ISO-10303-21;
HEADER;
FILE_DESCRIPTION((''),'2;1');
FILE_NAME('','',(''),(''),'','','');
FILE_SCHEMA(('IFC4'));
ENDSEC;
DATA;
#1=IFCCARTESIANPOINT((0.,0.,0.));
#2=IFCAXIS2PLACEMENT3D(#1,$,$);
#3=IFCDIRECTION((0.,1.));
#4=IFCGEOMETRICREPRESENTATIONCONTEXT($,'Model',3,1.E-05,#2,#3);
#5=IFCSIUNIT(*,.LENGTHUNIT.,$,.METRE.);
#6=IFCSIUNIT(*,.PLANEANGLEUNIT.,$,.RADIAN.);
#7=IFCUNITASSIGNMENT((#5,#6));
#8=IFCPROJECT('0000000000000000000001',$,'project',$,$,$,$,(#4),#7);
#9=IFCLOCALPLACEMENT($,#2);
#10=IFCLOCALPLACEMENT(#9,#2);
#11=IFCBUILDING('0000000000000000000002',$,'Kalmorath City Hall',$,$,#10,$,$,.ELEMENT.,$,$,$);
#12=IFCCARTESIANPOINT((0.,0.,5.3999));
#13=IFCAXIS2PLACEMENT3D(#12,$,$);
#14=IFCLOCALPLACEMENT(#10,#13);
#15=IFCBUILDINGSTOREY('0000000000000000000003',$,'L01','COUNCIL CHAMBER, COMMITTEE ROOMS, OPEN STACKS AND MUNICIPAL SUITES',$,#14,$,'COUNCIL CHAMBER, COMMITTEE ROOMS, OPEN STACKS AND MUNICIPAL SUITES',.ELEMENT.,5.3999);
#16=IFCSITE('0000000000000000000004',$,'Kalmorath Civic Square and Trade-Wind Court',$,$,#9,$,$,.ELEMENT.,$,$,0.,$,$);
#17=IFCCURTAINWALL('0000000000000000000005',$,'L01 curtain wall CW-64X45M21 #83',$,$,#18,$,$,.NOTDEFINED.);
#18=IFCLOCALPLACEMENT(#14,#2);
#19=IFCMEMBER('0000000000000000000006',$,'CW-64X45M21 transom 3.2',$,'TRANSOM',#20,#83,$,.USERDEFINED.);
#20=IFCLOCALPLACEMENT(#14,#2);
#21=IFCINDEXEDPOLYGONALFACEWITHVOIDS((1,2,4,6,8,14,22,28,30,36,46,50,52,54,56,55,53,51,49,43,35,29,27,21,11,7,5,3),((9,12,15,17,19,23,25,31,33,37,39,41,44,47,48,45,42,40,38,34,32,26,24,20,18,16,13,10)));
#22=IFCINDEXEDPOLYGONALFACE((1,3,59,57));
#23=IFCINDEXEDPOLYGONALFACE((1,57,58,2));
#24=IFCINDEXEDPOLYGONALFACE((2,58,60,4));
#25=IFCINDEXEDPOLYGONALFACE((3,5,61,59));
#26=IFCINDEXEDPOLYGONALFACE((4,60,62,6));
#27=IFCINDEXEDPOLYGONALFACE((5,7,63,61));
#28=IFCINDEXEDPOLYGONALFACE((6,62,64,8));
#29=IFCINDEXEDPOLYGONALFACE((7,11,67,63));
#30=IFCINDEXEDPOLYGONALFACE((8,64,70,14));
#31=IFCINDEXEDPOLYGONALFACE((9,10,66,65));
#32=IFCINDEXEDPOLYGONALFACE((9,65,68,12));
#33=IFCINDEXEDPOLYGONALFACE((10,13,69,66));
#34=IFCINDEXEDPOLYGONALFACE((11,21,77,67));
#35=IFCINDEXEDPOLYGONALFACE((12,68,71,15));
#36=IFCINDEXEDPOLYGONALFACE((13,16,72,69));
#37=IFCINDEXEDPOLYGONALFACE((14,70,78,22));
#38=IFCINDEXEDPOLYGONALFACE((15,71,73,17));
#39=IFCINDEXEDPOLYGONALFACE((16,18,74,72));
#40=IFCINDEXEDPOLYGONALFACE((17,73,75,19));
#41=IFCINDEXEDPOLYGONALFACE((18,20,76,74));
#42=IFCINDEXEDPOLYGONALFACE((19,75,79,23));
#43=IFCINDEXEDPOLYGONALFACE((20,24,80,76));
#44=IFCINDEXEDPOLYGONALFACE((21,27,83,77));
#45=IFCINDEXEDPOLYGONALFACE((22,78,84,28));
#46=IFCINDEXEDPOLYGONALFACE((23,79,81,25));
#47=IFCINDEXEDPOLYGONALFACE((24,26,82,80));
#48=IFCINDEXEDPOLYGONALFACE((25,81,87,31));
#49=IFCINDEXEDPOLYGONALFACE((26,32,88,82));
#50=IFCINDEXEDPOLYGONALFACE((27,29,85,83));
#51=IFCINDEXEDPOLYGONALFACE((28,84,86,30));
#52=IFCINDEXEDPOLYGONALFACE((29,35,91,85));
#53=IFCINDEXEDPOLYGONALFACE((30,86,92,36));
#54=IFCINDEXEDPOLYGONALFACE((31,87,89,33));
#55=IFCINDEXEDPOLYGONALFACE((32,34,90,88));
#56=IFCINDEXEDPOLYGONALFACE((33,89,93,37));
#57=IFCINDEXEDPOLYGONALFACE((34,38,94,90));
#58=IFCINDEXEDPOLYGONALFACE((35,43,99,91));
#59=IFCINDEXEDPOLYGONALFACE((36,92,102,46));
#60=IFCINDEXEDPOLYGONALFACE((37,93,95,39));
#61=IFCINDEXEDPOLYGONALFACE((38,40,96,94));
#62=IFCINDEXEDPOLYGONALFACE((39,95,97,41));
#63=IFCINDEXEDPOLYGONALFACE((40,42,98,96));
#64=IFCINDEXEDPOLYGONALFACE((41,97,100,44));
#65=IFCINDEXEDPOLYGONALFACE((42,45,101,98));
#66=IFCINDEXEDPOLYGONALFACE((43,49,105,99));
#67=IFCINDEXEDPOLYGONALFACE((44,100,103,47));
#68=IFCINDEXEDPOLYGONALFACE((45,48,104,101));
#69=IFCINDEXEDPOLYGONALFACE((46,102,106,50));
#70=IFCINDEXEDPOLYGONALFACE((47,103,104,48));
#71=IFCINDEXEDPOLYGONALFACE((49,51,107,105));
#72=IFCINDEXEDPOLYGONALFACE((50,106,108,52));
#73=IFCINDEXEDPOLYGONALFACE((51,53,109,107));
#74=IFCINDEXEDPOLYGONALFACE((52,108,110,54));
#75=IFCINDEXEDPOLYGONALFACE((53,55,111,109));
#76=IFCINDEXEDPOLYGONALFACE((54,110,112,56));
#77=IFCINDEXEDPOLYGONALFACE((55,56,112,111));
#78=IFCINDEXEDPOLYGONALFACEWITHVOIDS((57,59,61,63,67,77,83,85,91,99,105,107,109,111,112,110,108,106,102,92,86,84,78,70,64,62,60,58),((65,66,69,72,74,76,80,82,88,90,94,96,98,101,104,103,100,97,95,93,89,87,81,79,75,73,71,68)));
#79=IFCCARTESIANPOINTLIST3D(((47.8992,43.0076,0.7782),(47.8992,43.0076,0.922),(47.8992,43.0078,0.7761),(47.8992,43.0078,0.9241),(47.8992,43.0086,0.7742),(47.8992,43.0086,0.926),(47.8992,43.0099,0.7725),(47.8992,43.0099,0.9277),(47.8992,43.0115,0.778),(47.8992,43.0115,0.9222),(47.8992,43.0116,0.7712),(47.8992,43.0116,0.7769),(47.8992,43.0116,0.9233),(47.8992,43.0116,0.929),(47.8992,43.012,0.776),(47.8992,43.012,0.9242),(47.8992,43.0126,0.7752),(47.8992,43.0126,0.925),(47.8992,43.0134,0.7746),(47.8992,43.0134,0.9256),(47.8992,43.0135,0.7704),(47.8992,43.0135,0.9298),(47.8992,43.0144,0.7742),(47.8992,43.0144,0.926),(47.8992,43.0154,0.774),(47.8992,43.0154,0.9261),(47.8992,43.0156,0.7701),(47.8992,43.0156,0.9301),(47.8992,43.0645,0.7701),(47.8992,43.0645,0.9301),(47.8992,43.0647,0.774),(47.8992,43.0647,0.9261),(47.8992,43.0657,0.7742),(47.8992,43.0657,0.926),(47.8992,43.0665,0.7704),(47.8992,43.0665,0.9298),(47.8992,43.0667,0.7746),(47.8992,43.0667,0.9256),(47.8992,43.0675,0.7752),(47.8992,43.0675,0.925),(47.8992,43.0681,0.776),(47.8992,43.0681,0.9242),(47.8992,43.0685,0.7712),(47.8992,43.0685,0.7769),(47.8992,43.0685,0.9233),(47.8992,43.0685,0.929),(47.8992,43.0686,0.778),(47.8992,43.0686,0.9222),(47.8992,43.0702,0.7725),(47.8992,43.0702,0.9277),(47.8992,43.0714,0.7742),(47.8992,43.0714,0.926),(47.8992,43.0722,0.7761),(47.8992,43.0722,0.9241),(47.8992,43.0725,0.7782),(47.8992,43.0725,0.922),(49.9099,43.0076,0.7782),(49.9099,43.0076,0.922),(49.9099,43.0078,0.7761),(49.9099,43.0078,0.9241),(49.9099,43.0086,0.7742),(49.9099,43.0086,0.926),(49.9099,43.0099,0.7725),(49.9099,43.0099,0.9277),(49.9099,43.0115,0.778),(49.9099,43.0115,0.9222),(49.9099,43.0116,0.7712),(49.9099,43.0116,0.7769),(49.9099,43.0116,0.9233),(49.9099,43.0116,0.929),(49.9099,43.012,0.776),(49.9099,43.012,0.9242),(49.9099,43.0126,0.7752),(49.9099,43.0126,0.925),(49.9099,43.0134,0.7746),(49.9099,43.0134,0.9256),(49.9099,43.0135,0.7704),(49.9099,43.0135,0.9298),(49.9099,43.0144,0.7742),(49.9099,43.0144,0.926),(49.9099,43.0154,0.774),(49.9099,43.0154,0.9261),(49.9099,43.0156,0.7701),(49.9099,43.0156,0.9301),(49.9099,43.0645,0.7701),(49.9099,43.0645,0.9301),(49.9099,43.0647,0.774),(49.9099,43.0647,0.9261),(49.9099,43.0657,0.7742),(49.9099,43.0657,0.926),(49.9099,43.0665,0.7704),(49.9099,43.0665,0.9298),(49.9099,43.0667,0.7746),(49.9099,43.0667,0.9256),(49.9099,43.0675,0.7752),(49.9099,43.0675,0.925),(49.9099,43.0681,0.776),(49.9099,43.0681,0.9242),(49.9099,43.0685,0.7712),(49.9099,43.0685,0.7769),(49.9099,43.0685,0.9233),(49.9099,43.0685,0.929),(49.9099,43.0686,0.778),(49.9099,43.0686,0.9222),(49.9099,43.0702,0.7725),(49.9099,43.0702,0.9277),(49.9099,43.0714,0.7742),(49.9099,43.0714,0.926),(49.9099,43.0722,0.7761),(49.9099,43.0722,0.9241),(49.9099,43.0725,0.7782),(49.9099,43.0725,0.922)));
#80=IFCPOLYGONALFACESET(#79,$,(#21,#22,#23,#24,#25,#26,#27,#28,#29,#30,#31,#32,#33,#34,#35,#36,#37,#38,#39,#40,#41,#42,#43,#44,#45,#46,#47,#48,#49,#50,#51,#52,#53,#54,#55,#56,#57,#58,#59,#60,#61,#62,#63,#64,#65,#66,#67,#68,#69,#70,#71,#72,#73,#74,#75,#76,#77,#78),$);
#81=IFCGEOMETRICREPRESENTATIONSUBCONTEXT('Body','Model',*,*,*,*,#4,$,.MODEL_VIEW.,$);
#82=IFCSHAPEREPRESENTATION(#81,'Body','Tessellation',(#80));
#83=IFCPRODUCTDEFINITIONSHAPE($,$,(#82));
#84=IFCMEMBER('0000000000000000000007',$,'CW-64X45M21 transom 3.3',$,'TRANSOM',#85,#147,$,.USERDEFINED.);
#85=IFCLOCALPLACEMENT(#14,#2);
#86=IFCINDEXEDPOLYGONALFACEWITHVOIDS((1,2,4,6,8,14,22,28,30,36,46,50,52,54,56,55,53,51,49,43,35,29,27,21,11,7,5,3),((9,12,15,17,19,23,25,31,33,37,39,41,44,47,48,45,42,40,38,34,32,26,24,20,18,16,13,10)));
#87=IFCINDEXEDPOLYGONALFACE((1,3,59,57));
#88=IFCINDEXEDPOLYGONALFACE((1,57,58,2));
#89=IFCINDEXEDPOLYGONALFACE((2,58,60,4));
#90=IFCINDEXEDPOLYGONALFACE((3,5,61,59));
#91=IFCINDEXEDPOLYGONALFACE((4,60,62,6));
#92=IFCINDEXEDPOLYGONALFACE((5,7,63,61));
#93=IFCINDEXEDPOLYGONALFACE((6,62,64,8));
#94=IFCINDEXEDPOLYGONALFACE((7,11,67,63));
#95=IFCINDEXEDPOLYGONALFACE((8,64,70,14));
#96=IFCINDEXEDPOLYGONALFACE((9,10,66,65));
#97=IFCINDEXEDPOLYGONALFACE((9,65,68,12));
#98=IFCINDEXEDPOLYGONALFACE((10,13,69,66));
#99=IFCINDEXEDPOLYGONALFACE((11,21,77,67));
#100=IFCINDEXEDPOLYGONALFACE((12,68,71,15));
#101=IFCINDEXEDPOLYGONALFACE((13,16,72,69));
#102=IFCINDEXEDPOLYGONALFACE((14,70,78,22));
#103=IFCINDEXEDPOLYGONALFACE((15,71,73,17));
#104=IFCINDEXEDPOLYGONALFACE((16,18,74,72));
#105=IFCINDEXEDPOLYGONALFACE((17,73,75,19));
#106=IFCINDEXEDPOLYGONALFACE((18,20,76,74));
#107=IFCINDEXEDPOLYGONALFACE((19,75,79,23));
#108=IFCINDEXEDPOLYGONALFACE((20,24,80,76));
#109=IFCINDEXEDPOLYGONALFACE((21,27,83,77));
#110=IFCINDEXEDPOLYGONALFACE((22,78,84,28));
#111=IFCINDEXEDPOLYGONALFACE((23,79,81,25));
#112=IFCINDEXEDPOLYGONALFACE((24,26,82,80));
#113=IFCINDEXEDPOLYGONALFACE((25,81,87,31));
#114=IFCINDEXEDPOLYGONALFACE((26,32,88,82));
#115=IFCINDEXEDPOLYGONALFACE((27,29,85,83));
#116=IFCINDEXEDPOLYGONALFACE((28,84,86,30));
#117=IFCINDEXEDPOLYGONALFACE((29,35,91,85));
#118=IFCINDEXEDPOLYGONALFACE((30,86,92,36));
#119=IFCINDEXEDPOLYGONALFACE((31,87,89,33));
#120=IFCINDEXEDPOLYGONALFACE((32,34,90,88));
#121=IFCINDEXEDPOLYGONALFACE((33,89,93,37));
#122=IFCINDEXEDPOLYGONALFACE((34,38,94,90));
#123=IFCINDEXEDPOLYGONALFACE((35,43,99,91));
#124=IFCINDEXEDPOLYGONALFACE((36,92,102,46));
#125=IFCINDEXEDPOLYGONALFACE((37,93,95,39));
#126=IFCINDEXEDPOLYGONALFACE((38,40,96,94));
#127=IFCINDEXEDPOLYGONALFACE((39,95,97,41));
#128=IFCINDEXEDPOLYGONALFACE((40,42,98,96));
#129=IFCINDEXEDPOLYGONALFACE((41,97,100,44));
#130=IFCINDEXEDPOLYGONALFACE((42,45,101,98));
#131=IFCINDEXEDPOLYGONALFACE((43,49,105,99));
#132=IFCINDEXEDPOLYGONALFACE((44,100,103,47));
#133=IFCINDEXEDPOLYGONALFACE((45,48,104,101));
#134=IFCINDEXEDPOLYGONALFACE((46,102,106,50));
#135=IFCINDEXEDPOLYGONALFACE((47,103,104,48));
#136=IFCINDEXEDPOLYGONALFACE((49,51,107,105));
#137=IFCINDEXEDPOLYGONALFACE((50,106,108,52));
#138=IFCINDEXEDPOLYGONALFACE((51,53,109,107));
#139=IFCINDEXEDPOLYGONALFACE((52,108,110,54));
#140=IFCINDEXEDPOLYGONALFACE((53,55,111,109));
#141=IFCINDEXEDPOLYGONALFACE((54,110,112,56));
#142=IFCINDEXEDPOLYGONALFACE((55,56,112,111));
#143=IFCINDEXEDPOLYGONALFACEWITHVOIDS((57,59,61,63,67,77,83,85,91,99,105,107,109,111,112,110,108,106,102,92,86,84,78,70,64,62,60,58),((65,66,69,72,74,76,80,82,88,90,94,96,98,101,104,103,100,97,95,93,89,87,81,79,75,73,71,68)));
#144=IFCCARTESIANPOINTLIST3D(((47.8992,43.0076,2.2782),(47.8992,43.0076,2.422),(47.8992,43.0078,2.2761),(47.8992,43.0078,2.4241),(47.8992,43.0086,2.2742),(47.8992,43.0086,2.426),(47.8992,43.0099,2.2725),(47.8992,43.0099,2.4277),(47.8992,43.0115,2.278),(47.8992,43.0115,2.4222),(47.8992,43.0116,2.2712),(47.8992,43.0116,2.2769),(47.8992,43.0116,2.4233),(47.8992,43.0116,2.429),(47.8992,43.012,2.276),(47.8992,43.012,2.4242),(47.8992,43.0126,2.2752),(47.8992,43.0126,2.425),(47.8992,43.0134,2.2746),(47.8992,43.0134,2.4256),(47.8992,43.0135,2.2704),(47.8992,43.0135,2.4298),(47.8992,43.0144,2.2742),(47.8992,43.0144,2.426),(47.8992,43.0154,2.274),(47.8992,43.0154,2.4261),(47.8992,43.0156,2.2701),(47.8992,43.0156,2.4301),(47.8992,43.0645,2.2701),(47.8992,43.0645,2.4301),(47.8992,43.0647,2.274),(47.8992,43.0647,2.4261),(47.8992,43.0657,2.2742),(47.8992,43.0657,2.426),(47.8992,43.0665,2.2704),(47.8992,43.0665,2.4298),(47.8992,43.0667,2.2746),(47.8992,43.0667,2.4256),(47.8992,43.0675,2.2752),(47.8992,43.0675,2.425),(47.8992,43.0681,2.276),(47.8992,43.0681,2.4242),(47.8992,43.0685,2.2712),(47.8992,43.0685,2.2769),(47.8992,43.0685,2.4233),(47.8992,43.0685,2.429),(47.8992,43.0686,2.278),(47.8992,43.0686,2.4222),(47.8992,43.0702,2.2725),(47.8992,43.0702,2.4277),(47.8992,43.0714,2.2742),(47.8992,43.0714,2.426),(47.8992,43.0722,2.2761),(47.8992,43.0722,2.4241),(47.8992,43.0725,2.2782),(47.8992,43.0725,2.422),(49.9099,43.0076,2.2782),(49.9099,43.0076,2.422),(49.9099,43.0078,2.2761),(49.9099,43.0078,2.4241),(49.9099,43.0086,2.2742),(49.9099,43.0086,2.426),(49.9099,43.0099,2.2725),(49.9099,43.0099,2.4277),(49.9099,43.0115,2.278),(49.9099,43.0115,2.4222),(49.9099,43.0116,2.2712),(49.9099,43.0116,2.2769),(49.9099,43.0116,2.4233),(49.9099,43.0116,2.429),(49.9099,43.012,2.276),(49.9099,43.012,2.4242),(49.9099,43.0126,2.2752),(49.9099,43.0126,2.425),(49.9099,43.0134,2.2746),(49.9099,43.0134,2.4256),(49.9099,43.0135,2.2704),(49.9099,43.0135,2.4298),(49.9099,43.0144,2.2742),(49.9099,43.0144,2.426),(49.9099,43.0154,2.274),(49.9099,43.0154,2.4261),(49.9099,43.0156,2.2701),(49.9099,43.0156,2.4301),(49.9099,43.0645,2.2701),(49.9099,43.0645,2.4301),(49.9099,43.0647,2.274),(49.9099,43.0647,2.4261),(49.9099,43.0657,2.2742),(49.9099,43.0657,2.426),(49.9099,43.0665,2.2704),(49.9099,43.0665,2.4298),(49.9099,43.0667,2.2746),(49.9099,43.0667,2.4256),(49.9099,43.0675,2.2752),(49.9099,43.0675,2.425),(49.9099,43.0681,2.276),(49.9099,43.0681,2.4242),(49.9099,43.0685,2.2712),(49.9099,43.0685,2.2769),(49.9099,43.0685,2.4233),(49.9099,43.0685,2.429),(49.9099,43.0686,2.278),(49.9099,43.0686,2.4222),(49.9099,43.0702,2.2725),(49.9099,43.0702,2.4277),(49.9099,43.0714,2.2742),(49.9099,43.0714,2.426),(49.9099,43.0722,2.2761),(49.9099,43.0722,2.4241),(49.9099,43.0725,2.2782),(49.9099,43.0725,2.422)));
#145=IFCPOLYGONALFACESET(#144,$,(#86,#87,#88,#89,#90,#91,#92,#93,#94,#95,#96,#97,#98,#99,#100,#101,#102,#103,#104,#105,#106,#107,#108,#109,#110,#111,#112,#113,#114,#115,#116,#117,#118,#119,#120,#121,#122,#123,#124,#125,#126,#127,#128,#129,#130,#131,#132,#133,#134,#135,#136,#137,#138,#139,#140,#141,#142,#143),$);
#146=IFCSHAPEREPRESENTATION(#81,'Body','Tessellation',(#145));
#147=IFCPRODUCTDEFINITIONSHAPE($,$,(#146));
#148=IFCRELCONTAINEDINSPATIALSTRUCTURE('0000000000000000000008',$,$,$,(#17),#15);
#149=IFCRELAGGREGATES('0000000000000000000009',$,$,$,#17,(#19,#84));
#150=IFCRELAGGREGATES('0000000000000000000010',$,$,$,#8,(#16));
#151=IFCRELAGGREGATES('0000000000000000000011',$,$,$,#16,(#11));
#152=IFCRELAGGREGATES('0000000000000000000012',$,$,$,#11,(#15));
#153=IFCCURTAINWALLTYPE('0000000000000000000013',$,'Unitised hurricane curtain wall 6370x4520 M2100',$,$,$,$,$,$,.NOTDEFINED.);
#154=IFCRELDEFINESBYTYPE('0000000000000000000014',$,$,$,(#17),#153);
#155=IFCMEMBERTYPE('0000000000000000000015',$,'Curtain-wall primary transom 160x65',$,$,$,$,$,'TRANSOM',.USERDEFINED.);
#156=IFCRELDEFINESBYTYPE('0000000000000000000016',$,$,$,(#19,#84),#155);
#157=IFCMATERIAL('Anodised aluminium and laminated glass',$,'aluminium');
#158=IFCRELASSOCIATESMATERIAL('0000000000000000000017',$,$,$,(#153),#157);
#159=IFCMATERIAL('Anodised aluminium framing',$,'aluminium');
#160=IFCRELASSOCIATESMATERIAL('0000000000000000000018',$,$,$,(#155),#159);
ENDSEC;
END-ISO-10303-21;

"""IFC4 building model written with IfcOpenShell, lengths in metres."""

from ifc_helpers import new_model, si_unit, direction, frame, origin, origin_2d, place, context, subcontext, project, spatial, hollow_rectangle, extrude, material, material_profile, profile_set, type_object, element, aggregate, save


model = new_model("IFC4")

# Units and contexts
model_context = context("Model", 3, precision=1e-05, world=origin(), true_north=direction((0.0, 1.0)))
body_context = subcontext(model_context, "Body", "Model", "MODEL_VIEW")
ifc_project = project(units=[si_unit("LENGTHUNIT", "METRE"), si_unit("PLANEANGLEUNIT", "RADIAN")], contexts=[model_context])

# Site, building, storey
site_placement = place(None, origin())
site = spatial("IfcSite", under=ifc_project, at=site_placement, Name="Kalmorath Civic Square and Trade-Wind Court", CompositionType="ELEMENT", RefElevation=0.0)
building_placement = place(site_placement, origin())
building = spatial("IfcBuilding", under=site, at=building_placement, Name="Kalmorath City Hall", CompositionType="ELEMENT")
storey_placement = place(building_placement, frame((0.0, 0.0, 5.3999)))
storey = spatial("IfcBuildingStorey", under=building, at=storey_placement, Name="L01", Description="COUNCIL CHAMBER, COMMITTEE ROOMS, OPEN STACKS AND MUNICIPAL SUITES", LongName="COUNCIL CHAMBER, COMMITTEE ROOMS, OPEN STACKS AND MUNICIPAL SUITES", CompositionType="ELEMENT", Elevation=5.3999)

# Curtain wall
ifc_material_1 = material(Name="Anodised aluminium and laminated glass", Category="aluminium")
curtain_wall_type_1 = type_object("IfcCurtainWallType", Name="Unitised hurricane curtain wall 6370x4520 M2100", PredefinedType="NOTDEFINED", material=ifc_material_1)
curtain_wall_1_placement = place(storey_placement, origin())
curtain_wall_1 = element("IfcCurtainWall", 1, at=curtain_wall_1_placement, inside=storey, type_object=curtain_wall_type_1, Name="L01 curtain wall CW-64X45M21 #83", PredefinedType="NOTDEFINED")

# Members
ifc_material_2 = material(Name="Anodised aluminium framing", Category="aluminium")
ifc_material_profile_1 = material_profile(ifc_material_2, hollow_rectangle(XDim=0.0649, YDim=0.1599, WallThickness=0.0039, InnerFilletRadius=0.0039, OuterFilletRadius=0.0081, at=origin_2d()), Name="ALU-TRN-160X65X4")
ifc_profile_set_1 = profile_set([ifc_material_profile_1], Name="Anodised aluminium framing")
member_type_1 = type_object("IfcMemberType", Name="Curtain-wall primary transom 160x65", ElementType="TRANSOM", PredefinedType="USERDEFINED", material=ifc_profile_set_1)
member_1_placement = place(storey_placement, frame((47.8992, 43.04, 0.8501), z_axis=(1.0, 0.0, 0.0), x_axis=(0.0, 1.0, 0.0)))
member_1 = element("IfcMember", 2, at=member_1_placement, type_object=member_type_1, Name="CW-64X45M21 transom 3.2", ObjectType="TRANSOM", PredefinedType="USERDEFINED", context=body_context, shape_type="SweptSolid", body=[
    extrude(hollow_rectangle(XDim=0.0649, YDim=0.1599, WallThickness=0.0039, InnerFilletRadius=0.0039, OuterFilletRadius=0.0081, at=origin_2d()), origin(), (0.0, 0.0, 1.0), 2.0107),
])
member_2_placement = place(storey_placement, frame((47.8992, 43.04, 2.3501), z_axis=(1.0, 0.0, 0.0), x_axis=(0.0, 1.0, 0.0)))
member_2 = element("IfcMember", 3, at=member_2_placement, type_object=member_type_1, Name="CW-64X45M21 transom 3.3", ObjectType="TRANSOM", PredefinedType="USERDEFINED", context=body_context, shape_type="SweptSolid", body=[
    extrude(hollow_rectangle(XDim=0.0649, YDim=0.1599, WallThickness=0.0039, InnerFilletRadius=0.0039, OuterFilletRadius=0.0081, at=origin_2d()), origin(), (0.0, 0.0, 1.0), 2.0107),
])

aggregate(curtain_wall_1, [member_1, member_2])

save(model, "model.ifc")
